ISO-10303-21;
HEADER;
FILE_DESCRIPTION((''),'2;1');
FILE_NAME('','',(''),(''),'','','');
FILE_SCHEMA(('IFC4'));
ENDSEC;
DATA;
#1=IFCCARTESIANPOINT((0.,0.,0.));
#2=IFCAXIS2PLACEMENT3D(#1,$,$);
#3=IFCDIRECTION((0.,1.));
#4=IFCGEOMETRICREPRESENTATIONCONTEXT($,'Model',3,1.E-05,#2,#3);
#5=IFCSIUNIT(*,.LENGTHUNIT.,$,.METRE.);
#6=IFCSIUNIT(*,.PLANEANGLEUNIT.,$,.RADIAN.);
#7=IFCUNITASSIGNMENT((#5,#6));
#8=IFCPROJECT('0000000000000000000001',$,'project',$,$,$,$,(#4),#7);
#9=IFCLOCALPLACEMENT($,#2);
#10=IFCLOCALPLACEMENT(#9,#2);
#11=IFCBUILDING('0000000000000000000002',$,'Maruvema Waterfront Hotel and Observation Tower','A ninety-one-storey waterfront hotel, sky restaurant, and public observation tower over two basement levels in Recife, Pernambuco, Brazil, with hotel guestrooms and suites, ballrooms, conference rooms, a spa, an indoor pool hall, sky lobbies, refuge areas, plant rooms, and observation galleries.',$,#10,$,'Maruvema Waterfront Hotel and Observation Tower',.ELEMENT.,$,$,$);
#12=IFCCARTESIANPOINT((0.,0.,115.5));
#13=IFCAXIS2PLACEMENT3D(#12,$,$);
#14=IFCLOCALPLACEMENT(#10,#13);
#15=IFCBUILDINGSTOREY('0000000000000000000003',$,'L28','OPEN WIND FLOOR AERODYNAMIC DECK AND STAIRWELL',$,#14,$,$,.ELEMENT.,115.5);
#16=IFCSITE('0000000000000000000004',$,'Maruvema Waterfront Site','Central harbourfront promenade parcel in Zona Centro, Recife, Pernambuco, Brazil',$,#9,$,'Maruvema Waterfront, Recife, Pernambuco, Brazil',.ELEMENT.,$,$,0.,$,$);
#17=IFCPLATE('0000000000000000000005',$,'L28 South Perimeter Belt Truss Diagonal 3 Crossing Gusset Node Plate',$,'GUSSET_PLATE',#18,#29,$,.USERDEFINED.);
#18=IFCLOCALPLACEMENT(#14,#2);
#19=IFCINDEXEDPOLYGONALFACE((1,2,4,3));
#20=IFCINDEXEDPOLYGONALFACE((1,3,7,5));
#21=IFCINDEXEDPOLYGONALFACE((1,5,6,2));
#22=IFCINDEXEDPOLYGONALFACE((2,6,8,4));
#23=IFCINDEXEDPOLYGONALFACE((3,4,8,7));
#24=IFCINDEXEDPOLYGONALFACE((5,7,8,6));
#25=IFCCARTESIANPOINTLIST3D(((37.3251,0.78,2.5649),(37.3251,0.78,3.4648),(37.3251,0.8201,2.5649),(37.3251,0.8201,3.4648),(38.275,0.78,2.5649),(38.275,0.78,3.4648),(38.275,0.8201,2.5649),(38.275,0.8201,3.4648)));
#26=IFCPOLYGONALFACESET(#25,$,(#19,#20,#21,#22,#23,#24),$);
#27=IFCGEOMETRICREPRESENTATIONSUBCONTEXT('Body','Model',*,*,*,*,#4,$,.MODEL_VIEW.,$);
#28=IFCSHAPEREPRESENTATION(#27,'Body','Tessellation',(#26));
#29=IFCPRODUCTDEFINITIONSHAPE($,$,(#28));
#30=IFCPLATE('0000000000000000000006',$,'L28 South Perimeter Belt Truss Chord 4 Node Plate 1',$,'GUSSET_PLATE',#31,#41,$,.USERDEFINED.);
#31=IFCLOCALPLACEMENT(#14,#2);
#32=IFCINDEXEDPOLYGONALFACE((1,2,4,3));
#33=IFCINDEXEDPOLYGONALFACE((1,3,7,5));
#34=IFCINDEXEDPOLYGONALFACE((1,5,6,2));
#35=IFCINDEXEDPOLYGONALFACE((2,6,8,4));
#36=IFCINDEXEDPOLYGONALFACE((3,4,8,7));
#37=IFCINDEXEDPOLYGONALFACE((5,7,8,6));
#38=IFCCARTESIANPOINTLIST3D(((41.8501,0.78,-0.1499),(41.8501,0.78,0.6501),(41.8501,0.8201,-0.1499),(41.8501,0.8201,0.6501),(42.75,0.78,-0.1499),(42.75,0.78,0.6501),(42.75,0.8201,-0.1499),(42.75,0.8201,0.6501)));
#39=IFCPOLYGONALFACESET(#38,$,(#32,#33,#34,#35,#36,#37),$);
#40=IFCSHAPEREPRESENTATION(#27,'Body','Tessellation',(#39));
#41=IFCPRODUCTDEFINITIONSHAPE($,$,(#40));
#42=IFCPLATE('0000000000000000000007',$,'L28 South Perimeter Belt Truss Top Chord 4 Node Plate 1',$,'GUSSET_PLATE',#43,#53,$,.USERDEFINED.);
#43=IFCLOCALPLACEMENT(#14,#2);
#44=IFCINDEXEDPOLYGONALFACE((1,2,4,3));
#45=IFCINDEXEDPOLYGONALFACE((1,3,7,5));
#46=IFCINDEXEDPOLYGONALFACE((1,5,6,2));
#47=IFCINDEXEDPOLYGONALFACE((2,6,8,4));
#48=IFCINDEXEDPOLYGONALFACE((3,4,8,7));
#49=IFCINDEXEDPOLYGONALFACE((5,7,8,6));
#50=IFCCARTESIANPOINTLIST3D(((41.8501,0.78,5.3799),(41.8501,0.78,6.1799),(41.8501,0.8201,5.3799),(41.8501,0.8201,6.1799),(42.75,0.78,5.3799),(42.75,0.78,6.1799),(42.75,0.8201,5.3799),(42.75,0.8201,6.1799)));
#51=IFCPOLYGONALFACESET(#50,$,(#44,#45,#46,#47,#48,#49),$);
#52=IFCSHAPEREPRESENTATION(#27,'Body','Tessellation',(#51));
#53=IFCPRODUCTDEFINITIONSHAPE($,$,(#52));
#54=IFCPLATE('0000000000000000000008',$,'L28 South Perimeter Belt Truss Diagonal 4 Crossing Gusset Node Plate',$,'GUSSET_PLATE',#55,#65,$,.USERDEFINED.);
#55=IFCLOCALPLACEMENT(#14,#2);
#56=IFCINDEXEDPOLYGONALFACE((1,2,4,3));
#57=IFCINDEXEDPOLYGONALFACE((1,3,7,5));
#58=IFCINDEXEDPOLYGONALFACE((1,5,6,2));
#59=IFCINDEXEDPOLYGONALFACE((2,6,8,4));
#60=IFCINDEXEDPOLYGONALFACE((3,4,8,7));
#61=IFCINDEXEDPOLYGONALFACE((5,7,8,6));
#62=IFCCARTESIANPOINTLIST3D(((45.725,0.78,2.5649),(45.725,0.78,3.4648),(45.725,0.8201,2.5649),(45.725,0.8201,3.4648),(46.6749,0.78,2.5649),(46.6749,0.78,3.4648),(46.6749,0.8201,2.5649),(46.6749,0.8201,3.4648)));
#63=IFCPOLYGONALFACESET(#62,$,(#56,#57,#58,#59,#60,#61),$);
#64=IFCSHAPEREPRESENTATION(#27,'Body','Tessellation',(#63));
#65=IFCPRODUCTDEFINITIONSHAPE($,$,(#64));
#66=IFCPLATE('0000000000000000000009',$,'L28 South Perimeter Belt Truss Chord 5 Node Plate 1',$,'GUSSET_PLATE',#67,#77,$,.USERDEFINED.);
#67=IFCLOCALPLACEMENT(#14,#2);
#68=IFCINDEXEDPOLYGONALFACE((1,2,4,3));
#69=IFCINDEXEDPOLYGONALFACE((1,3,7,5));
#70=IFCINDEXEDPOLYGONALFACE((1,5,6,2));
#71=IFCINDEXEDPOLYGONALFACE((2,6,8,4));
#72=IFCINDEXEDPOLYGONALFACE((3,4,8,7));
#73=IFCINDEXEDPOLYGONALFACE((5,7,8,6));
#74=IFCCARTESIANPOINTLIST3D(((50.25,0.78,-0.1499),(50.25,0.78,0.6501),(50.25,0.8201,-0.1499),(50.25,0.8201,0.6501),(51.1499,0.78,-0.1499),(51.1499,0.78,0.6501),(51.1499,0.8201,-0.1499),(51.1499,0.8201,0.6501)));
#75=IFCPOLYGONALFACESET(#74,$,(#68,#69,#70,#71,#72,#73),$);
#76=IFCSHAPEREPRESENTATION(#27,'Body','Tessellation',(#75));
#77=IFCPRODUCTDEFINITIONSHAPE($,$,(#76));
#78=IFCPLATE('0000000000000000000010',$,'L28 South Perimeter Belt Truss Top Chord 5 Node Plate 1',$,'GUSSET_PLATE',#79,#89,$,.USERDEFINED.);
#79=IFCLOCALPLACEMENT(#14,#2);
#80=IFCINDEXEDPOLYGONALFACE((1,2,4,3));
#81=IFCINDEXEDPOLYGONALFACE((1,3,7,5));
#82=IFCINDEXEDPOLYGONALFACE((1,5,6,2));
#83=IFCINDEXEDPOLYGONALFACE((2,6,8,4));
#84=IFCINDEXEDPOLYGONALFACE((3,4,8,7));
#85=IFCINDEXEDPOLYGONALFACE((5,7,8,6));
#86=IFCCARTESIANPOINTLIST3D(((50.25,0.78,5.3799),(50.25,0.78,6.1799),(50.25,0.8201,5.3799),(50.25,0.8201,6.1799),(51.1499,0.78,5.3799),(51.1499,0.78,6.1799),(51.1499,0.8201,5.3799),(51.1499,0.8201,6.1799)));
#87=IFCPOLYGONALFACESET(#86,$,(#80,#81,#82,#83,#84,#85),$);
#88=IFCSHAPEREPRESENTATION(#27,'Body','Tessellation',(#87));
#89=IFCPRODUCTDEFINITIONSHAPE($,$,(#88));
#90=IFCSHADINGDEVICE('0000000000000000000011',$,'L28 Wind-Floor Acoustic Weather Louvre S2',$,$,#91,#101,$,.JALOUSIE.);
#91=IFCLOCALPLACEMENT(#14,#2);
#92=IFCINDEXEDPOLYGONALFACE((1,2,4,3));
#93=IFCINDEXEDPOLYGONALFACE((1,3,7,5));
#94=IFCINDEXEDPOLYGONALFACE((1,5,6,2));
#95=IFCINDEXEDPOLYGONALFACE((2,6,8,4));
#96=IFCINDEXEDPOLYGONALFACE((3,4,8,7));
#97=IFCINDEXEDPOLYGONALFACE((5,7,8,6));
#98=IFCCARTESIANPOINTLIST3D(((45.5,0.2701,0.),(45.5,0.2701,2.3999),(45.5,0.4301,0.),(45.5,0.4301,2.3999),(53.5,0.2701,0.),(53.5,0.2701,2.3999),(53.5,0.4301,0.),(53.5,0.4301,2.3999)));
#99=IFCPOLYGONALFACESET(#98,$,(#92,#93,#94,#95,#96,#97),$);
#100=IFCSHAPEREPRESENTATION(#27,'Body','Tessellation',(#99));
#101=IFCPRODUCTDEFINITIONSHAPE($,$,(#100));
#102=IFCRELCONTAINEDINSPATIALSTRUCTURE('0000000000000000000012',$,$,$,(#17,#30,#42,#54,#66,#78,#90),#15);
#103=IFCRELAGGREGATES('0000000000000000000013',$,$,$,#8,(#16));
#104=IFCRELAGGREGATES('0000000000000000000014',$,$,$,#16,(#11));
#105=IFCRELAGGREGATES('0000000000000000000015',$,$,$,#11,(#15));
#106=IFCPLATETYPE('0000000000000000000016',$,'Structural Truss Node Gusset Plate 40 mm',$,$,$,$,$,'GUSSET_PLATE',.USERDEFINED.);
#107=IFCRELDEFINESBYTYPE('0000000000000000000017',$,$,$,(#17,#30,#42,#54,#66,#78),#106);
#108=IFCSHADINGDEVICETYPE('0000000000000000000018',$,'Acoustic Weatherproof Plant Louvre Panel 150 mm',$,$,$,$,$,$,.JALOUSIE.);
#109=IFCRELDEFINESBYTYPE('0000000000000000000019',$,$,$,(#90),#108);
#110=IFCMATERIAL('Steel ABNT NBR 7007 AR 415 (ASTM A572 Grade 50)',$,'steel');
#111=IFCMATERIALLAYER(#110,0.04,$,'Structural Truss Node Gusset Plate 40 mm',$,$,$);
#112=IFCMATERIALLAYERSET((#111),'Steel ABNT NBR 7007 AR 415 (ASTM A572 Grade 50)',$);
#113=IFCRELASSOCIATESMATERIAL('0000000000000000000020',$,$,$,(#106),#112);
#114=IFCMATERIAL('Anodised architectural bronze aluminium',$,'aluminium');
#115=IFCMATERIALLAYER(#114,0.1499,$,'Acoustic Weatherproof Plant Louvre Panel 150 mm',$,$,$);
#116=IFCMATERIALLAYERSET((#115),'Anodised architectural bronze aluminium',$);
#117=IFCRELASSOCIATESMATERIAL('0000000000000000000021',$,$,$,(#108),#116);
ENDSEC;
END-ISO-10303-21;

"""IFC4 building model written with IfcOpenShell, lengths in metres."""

from ifc_helpers import new_model, si_unit, direction, frame, origin, origin_2d, place, context, subcontext, project, spatial, rectangle, extrude, material, layer, layer_set, type_object, element, save


model = new_model("IFC4")

# Units and contexts
model_context = context("Model", 3, precision=1e-05, world=origin(), true_north=direction((0.0, 1.0)))
body_context = subcontext(model_context, "Body", "Model", "MODEL_VIEW")
ifc_project = project(units=[si_unit("LENGTHUNIT", "METRE"), si_unit("PLANEANGLEUNIT", "RADIAN")], contexts=[model_context])

# Site, building, storey
site_placement = place(None, origin())
site = spatial("IfcSite", under=ifc_project, at=site_placement, Name="Maruvema Waterfront Site", Description="Central harbourfront promenade parcel in Zona Centro, Recife, Pernambuco, Brazil", LongName="Maruvema Waterfront, Recife, Pernambuco, Brazil", CompositionType="ELEMENT", RefElevation=0.0)
building_placement = place(site_placement, origin())
building = spatial("IfcBuilding", under=site, at=building_placement, Name="Maruvema Waterfront Hotel and Observation Tower", Description="A ninety-one-storey waterfront hotel, sky restaurant, and public observation tower over two basement levels in Recife, Pernambuco, Brazil, with hotel guestrooms and suites, ballrooms, conference rooms, a spa, an indoor pool hall, sky lobbies, refuge areas, plant rooms, and observation galleries.", LongName="Maruvema Waterfront Hotel and Observation Tower", CompositionType="ELEMENT")
storey_placement = place(building_placement, frame((0.0, 0.0, 115.5)))
storey = spatial("IfcBuildingStorey", under=building, at=storey_placement, Name="L28", Description="OPEN WIND FLOOR AERODYNAMIC DECK AND STAIRWELL", CompositionType="ELEMENT", Elevation=115.5)

# Plates
ifc_material_1 = material(Name="Steel ABNT NBR 7007 AR 415 (ASTM A572 Grade 50)", Category="steel")
ifc_layer_1 = layer(ifc_material_1, 0.04, Name="Structural Truss Node Gusset Plate 40 mm")
ifc_layer_set_1 = layer_set([ifc_layer_1], Name="Steel ABNT NBR 7007 AR 415 (ASTM A572 Grade 50)")
plate_type_1 = type_object("IfcPlateType", Name="Structural Truss Node Gusset Plate 40 mm", ElementType="GUSSET_PLATE", PredefinedType="USERDEFINED", material=ifc_layer_set_1)
plate_1_placement = place(storey_placement, frame((37.8, 0.8, 2.5649), z_axis=(0.0, 0.0, 1.0), x_axis=(-1.0, 0.0, 0.0)))
element("IfcPlate", 1, at=plate_1_placement, inside=storey, type_object=plate_type_1, Name="L28 South Perimeter Belt Truss Diagonal 3 Crossing Gusset Node Plate", ObjectType="GUSSET_PLATE", PredefinedType="USERDEFINED", context=body_context, shape_type="SweptSolid", body=[
    extrude(rectangle(XDim=0.95, YDim=0.04, at=origin_2d()), origin(), (0.0, 0.0, 1.0), 0.8999),
])
for number, where, z_axis, x_axis, name in (
    (2, (42.3, 0.8, -0.1499), (0.0, 0.0, 1.0), (1.0, 0.0, 0.0), "L28 South Perimeter Belt Truss Chord 4 Node Plate 1"),
    (3, (42.3, 0.8, 5.3799), (0.0, 0.0, 1.0), (1.0, 0.0, 0.0), "L28 South Perimeter Belt Truss Top Chord 4 Node Plate 1"),
):
    element("IfcPlate", number, at=place(storey_placement, frame(where, z_axis=z_axis, x_axis=x_axis)), inside=storey, type_object=plate_type_1, Name=name, ObjectType="GUSSET_PLATE", PredefinedType="USERDEFINED", context=body_context, shape_type="SweptSolid", body=[
        extrude(rectangle(XDim=0.8999, YDim=0.04, at=origin_2d()), origin(), (0.0, 0.0, 1.0), 0.8),
    ])
plate_2_placement = place(storey_placement, frame((46.2, 0.8, 2.5649), z_axis=(0.0, 0.0, 1.0), x_axis=(-1.0, 0.0, 0.0)))
element("IfcPlate", 4, at=plate_2_placement, inside=storey, type_object=plate_type_1, Name="L28 South Perimeter Belt Truss Diagonal 4 Crossing Gusset Node Plate", ObjectType="GUSSET_PLATE", PredefinedType="USERDEFINED", context=body_context, shape_type="SweptSolid", body=[
    extrude(rectangle(XDim=0.95, YDim=0.04, at=origin_2d()), origin(), (0.0, 0.0, 1.0), 0.8999),
])
for number, where, z_axis, x_axis, name in (
    (5, (50.7, 0.8, -0.1499), (0.0, 0.0, 1.0), (1.0, 0.0, 0.0), "L28 South Perimeter Belt Truss Chord 5 Node Plate 1"),
    (6, (50.7, 0.8, 5.3799), (0.0, 0.0, 1.0), (1.0, 0.0, 0.0), "L28 South Perimeter Belt Truss Top Chord 5 Node Plate 1"),
):
    element("IfcPlate", number, at=place(storey_placement, frame(where, z_axis=z_axis, x_axis=x_axis)), inside=storey, type_object=plate_type_1, Name=name, ObjectType="GUSSET_PLATE", PredefinedType="USERDEFINED", context=body_context, shape_type="SweptSolid", body=[
        extrude(rectangle(XDim=0.8999, YDim=0.04, at=origin_2d()), origin(), (0.0, 0.0, 1.0), 0.8),
    ])

# Shading device
ifc_material_2 = material(Name="Anodised architectural bronze aluminium", Category="aluminium")
ifc_layer_2 = layer(ifc_material_2, 0.1499, Name="Acoustic Weatherproof Plant Louvre Panel 150 mm")
ifc_layer_set_2 = layer_set([ifc_layer_2], Name="Anodised architectural bronze aluminium")
shading_device_type = type_object("IfcShadingDeviceType", Name="Acoustic Weatherproof Plant Louvre Panel 150 mm", PredefinedType="JALOUSIE", material=ifc_layer_set_2)
shading_device_placement = place(storey_placement, frame((49.5, 0.3501, 0.0), z_axis=(0.0, 0.0, 1.0), x_axis=(1.0, 0.0, 0.0)))
element("IfcShadingDevice", 7, at=shading_device_placement, inside=storey, type_object=shading_device_type, Name="L28 Wind-Floor Acoustic Weather Louvre S2", PredefinedType="JALOUSIE", context=body_context, shape_type="SweptSolid", body=[
    extrude(rectangle(XDim=8.0, YDim=0.1599, at=origin_2d()), origin(), (0.0, 0.0, 1.0), 2.3999),
])

save(model, "model.ifc")
